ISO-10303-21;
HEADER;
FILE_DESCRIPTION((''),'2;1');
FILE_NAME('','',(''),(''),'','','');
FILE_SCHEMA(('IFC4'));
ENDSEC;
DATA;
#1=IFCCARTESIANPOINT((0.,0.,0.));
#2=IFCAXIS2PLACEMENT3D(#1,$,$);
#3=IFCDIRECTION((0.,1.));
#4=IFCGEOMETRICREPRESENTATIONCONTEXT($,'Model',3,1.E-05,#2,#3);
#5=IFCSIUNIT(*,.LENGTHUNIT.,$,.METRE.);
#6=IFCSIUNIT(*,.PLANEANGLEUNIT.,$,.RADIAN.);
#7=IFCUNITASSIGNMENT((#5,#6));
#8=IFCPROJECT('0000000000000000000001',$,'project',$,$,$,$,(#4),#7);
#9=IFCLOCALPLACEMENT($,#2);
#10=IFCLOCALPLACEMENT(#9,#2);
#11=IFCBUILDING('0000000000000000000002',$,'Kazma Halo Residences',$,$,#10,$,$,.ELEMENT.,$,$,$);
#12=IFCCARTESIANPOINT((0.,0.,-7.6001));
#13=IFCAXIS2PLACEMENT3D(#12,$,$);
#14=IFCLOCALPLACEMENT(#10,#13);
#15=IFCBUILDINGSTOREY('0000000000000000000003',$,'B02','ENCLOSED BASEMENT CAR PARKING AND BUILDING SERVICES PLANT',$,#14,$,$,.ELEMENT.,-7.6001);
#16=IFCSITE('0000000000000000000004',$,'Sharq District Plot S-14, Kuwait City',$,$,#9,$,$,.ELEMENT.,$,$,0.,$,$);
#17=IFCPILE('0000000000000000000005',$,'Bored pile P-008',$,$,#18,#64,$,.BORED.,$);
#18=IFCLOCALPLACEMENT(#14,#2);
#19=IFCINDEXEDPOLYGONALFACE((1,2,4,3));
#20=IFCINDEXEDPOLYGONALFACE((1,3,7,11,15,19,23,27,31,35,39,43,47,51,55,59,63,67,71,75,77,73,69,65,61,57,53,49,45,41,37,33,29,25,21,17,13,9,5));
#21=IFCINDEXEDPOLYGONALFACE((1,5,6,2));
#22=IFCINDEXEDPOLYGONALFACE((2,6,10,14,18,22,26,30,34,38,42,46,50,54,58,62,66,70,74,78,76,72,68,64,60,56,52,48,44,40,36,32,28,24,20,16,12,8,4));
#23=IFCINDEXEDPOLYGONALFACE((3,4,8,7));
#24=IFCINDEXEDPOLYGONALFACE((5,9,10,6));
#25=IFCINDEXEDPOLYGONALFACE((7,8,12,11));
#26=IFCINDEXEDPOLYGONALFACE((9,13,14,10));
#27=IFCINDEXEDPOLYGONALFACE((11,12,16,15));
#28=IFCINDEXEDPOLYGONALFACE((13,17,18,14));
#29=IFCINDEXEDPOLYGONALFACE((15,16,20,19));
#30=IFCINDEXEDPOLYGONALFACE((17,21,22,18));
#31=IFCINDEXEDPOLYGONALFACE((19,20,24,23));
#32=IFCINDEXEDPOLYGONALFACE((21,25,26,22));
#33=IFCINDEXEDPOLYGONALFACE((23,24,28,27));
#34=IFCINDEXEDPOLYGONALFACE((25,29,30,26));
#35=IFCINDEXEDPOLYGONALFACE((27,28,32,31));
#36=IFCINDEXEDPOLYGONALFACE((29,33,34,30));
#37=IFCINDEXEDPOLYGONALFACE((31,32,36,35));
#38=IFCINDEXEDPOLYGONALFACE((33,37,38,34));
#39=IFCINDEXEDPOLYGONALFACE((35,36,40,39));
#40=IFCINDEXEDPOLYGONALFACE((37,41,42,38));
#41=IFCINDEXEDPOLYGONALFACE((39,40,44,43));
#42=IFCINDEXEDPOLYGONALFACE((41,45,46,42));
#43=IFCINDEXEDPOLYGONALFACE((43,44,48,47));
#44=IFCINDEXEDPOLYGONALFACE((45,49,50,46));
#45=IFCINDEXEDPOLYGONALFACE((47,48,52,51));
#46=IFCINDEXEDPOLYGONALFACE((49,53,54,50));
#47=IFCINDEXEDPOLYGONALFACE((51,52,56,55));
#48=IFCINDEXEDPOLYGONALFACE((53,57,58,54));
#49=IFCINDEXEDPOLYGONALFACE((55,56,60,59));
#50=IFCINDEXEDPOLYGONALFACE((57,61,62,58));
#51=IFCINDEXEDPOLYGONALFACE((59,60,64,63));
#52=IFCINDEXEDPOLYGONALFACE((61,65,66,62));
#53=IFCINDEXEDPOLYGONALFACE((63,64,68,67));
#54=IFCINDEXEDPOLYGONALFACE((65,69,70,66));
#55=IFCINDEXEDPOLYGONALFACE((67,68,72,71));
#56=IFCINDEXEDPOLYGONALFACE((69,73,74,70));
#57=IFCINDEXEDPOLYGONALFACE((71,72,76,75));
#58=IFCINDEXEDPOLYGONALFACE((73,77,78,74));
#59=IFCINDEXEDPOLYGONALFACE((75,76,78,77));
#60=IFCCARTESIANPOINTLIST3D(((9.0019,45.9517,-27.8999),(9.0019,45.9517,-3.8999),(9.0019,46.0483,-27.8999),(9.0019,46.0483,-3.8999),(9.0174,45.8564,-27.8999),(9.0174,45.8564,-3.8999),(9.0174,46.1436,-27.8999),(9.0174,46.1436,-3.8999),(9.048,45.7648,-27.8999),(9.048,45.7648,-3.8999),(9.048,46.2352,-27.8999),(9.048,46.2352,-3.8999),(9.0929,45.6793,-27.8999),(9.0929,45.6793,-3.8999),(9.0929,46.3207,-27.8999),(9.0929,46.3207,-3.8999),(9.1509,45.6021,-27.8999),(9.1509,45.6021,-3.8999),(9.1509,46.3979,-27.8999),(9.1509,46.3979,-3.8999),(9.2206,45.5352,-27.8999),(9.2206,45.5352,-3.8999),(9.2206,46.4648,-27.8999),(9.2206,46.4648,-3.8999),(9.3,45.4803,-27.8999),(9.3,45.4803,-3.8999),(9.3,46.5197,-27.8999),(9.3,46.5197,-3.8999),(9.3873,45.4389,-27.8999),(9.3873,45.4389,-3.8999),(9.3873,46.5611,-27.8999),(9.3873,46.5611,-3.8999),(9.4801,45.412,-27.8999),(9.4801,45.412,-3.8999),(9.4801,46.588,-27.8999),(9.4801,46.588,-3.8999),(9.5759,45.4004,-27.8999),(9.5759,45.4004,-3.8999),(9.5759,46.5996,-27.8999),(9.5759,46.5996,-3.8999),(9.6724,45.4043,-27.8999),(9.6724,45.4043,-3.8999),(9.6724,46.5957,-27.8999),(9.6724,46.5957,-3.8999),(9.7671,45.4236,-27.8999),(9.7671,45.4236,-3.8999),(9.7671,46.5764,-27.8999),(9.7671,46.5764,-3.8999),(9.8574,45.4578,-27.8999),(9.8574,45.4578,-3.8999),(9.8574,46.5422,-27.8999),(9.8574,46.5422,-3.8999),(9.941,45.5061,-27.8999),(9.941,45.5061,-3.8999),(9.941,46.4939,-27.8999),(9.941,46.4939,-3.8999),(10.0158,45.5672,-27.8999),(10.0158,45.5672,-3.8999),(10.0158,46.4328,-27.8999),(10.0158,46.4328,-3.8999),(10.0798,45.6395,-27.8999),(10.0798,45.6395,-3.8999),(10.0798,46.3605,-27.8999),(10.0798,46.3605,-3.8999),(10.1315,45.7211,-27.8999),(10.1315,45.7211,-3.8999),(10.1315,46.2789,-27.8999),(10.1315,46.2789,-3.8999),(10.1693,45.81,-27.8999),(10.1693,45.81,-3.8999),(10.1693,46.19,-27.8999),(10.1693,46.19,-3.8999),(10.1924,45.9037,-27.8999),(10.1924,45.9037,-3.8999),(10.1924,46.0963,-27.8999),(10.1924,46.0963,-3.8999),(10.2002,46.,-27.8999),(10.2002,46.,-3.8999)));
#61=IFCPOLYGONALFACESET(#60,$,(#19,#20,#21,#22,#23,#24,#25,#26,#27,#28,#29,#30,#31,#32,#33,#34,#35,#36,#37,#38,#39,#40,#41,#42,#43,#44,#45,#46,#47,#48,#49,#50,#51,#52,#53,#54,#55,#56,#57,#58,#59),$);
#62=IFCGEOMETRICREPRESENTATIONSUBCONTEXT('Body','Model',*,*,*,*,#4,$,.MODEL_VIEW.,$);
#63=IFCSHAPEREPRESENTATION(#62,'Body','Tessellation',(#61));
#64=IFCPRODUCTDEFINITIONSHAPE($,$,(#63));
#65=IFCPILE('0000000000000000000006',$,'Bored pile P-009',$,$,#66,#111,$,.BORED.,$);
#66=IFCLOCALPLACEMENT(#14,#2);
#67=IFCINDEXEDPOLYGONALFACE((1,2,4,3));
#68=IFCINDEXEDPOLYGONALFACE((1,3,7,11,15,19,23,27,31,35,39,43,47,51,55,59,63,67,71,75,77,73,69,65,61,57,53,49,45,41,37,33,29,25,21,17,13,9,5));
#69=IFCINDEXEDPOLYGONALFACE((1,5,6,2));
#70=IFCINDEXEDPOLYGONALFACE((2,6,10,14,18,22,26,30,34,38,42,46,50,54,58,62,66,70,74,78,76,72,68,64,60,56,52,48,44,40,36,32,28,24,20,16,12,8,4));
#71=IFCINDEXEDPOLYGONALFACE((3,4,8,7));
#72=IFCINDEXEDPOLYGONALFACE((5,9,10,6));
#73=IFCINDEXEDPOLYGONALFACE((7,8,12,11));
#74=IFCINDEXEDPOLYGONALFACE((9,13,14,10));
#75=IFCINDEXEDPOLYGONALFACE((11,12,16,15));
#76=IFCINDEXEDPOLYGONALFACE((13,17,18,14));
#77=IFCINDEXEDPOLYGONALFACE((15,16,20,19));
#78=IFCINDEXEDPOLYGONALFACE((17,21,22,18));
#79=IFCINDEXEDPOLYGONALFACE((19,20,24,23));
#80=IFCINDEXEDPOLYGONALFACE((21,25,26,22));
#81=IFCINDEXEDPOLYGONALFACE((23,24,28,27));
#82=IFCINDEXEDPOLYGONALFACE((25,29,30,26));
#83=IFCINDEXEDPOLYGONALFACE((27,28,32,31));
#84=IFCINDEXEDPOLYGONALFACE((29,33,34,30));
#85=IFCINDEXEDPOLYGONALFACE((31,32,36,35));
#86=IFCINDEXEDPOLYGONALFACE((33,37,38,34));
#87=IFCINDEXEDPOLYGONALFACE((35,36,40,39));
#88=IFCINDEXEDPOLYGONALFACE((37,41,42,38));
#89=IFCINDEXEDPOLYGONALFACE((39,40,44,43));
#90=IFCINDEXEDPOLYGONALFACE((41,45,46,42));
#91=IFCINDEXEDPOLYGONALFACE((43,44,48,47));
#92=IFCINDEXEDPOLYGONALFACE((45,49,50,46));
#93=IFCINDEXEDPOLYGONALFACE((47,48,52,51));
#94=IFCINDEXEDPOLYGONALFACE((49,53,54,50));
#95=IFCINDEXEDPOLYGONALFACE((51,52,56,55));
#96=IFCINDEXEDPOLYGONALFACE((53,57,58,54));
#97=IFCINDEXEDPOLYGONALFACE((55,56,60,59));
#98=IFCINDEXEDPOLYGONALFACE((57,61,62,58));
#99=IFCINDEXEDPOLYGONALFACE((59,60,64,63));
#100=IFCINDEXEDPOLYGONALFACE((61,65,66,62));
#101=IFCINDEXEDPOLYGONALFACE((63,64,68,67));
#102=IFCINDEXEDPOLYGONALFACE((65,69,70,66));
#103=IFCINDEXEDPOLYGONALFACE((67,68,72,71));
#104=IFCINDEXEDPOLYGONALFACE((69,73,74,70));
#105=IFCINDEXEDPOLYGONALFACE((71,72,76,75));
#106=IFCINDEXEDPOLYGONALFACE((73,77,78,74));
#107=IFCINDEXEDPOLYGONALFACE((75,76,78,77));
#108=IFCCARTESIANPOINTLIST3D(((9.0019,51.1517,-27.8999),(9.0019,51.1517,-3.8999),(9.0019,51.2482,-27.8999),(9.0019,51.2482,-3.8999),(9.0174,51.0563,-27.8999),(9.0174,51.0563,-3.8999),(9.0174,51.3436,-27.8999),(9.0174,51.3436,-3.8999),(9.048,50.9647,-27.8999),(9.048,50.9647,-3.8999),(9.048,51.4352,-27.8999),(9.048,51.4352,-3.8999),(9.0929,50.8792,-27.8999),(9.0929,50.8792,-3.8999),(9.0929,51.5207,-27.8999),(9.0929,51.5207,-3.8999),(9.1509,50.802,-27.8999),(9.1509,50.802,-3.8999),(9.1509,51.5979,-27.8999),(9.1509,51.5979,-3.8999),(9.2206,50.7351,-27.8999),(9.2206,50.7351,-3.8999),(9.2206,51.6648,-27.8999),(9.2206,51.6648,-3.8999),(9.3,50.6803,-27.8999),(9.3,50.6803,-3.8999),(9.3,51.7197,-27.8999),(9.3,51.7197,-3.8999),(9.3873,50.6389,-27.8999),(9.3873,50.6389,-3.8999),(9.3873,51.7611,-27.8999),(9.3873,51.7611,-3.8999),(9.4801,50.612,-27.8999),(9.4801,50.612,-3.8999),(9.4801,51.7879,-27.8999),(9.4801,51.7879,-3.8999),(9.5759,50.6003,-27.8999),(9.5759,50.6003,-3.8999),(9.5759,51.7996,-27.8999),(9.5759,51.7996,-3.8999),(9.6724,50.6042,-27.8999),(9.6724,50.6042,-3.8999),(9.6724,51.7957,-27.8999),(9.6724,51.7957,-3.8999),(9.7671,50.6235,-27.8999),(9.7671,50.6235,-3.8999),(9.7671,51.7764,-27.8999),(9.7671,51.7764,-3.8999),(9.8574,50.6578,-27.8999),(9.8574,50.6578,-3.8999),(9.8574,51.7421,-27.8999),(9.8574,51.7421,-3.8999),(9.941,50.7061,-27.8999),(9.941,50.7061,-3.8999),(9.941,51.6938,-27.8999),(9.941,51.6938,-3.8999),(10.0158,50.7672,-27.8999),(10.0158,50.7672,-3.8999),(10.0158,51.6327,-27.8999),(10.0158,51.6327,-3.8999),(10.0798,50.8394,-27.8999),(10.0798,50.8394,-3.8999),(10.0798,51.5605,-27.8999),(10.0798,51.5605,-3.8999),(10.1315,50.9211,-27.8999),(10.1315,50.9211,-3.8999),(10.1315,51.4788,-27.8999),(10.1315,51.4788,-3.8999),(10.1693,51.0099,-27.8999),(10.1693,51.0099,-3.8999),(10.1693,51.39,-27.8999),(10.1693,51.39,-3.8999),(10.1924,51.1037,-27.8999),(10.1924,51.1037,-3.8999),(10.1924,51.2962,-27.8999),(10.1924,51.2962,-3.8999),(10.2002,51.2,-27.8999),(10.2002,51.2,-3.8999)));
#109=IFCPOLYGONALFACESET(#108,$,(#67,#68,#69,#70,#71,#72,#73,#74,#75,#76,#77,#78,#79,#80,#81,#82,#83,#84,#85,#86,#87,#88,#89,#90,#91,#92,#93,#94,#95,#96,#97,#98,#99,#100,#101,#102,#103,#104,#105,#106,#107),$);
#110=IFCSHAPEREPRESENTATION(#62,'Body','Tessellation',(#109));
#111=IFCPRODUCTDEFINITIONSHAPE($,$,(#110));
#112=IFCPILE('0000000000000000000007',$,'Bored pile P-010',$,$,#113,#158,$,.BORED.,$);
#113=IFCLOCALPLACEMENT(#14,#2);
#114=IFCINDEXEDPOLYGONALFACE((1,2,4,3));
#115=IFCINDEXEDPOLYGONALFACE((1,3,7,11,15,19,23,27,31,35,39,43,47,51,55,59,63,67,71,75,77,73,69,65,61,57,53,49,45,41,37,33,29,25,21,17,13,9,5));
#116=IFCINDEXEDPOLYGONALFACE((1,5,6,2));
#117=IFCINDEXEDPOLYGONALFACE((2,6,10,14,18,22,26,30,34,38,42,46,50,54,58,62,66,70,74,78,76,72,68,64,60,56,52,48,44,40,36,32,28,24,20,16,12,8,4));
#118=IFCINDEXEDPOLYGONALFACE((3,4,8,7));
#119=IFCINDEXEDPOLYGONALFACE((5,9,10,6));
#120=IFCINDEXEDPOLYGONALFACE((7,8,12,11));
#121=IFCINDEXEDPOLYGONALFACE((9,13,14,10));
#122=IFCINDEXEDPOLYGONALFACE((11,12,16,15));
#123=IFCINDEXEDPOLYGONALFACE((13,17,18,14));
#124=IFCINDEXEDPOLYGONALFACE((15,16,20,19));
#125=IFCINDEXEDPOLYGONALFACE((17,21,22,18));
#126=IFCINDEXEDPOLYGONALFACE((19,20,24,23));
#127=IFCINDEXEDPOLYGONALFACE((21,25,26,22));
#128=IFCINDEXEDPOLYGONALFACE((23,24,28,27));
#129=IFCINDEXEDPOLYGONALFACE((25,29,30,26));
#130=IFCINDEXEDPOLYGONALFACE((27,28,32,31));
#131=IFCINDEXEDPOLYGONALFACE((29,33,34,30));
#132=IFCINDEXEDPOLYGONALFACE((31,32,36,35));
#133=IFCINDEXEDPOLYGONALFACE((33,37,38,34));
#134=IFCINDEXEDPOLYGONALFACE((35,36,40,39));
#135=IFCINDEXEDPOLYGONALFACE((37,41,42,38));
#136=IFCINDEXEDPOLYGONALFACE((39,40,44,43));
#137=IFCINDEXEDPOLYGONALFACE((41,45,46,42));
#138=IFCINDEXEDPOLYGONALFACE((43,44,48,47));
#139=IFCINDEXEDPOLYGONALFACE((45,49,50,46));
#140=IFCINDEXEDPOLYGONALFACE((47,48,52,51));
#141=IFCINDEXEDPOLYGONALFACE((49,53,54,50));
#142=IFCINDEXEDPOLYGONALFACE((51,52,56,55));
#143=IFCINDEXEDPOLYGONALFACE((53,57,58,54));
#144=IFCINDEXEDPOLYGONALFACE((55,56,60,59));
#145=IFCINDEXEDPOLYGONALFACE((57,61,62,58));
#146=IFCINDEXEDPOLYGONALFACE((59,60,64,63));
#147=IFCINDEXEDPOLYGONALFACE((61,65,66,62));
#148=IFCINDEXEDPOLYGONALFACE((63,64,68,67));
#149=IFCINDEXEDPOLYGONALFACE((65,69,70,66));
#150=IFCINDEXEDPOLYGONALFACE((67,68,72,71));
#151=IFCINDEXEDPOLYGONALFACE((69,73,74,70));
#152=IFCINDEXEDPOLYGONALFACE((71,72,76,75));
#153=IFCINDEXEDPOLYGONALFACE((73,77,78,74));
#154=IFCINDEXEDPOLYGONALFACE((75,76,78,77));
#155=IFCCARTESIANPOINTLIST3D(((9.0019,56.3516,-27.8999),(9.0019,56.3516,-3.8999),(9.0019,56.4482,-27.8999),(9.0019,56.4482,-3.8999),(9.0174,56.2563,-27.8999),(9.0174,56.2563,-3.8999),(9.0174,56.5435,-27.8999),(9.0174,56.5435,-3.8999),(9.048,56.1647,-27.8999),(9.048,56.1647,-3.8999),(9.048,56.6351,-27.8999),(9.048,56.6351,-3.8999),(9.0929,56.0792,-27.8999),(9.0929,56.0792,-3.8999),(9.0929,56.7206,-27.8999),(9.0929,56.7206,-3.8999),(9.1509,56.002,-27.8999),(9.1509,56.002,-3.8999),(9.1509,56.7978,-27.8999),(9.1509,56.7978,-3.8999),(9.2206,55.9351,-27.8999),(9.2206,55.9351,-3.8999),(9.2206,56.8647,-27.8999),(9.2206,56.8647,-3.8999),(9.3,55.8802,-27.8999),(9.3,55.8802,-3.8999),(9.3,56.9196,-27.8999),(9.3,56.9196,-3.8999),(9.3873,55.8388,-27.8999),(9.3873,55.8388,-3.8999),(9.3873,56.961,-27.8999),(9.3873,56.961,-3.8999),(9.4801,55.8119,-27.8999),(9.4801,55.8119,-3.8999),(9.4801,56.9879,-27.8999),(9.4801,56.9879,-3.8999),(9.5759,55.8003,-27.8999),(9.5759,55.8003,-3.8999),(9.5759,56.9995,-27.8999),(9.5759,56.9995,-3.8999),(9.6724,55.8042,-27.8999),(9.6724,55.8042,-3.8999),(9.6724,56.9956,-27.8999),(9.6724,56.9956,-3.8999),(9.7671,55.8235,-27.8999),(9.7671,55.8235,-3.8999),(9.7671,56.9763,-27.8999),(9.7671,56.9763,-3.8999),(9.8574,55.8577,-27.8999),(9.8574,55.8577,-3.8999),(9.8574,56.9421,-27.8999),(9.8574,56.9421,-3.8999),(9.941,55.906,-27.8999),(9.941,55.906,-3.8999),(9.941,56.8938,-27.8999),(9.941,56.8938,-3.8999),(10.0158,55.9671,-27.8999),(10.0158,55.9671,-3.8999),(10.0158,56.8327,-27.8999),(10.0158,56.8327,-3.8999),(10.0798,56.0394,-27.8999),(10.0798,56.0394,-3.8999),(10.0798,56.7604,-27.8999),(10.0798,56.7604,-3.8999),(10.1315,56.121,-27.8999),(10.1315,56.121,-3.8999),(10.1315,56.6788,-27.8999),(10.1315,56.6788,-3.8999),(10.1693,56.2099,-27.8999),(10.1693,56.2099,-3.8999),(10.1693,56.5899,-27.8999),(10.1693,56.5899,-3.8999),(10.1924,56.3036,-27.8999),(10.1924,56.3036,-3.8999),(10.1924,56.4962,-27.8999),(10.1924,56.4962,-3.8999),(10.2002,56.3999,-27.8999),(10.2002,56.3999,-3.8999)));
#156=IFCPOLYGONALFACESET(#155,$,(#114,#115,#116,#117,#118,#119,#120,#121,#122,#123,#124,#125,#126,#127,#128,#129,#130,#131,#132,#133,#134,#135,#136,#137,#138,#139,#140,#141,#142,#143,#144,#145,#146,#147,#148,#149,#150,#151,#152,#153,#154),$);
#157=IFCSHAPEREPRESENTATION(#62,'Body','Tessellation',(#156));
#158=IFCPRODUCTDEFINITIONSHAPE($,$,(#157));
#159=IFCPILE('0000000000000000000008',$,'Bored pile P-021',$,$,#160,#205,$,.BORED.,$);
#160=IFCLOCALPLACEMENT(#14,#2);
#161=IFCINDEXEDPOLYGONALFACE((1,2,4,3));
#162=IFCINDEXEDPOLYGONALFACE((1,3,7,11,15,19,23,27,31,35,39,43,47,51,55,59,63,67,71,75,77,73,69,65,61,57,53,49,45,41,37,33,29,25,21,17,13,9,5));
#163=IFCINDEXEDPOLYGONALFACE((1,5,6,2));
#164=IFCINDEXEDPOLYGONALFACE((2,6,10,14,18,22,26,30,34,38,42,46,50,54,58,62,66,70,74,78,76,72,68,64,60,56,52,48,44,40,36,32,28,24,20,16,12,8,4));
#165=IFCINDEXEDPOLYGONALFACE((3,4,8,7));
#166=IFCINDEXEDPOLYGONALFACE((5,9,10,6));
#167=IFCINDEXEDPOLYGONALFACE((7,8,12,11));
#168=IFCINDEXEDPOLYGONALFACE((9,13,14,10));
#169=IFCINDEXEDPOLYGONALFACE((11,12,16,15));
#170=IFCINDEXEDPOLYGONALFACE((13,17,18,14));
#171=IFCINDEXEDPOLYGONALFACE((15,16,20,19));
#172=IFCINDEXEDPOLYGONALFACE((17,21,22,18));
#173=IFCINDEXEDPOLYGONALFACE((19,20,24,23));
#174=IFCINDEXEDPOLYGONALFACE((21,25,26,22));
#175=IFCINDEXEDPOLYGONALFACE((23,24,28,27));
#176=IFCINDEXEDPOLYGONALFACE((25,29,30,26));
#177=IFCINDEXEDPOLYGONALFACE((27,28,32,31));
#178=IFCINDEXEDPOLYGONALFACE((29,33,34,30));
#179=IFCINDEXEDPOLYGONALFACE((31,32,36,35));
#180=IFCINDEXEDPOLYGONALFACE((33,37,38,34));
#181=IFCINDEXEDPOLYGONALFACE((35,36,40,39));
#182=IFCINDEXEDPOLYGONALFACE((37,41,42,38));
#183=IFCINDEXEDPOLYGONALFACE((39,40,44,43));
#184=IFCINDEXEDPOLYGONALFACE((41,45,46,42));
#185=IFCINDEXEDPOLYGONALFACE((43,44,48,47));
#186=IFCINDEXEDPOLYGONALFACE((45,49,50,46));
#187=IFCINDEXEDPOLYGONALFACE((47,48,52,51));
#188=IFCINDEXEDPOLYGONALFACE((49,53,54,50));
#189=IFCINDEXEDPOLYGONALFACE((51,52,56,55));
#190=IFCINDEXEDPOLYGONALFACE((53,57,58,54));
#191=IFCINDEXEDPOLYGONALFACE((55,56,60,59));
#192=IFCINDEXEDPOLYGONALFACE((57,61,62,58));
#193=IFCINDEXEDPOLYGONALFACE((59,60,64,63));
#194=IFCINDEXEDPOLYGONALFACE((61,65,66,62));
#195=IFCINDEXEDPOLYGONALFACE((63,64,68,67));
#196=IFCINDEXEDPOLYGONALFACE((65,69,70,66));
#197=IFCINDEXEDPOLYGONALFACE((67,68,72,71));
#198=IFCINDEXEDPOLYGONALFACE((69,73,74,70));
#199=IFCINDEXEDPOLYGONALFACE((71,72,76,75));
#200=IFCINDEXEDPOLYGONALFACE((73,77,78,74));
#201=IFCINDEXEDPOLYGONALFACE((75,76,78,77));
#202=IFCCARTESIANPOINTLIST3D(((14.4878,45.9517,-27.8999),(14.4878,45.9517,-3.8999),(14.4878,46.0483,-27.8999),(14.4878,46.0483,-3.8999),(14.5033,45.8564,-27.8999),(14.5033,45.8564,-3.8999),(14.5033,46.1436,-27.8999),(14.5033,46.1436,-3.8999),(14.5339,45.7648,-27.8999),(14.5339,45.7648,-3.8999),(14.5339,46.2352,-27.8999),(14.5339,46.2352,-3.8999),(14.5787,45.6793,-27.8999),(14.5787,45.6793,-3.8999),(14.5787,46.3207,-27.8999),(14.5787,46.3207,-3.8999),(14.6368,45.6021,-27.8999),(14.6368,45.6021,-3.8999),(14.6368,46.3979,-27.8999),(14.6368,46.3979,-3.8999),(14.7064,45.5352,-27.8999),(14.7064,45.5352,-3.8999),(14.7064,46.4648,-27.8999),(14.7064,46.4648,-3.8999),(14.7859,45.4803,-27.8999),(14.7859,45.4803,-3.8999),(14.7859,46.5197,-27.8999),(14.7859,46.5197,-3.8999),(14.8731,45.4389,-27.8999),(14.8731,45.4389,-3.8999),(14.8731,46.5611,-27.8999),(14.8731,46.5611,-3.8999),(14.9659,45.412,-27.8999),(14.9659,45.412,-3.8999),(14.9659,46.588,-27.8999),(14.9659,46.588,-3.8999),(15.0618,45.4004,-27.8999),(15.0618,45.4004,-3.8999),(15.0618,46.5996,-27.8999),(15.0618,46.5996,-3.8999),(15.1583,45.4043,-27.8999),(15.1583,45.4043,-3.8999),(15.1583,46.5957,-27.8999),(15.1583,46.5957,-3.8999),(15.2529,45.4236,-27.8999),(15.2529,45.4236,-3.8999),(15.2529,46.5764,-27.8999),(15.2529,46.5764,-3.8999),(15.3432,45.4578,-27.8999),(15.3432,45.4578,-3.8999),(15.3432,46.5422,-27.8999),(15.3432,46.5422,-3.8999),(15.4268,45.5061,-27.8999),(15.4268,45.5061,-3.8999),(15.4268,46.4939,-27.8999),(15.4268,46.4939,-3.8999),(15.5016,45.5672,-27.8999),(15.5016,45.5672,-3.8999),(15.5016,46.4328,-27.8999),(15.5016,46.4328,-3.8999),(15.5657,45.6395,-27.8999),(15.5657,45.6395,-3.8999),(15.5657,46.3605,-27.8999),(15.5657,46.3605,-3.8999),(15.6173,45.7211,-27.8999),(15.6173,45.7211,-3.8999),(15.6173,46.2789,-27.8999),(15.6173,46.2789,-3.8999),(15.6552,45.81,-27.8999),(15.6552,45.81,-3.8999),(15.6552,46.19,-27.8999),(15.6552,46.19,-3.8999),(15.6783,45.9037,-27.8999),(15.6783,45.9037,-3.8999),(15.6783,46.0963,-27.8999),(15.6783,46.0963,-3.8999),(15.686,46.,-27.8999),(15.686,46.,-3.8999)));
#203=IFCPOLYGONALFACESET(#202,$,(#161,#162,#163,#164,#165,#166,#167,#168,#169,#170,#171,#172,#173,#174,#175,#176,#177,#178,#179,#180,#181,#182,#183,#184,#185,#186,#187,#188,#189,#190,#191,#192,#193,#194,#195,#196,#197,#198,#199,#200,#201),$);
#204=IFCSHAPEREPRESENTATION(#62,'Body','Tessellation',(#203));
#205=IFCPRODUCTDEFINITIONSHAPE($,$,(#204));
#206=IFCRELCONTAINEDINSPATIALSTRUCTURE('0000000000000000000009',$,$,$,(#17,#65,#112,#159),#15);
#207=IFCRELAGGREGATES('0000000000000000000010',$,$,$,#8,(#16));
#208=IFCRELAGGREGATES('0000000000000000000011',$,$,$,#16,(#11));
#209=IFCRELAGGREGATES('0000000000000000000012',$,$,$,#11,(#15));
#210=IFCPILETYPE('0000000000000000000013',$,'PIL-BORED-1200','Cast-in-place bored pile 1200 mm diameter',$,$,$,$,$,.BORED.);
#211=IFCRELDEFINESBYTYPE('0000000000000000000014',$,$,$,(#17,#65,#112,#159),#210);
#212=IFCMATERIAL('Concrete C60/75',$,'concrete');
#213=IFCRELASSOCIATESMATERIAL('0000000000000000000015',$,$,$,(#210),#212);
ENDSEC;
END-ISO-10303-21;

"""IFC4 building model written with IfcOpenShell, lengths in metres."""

from ifc_helpers import new_model, si_unit, direction, frame, origin, origin_2d, place, context, subcontext, project, spatial, circle, extrude, material, material_profile, profile_set, type_object, element, save


model = new_model("IFC4")

# Units and contexts
model_context = context("Model", 3, precision=1e-05, world=origin(), true_north=direction((0.0, 1.0)))
body_context = subcontext(model_context, "Body", "Model", "MODEL_VIEW")
ifc_project = project(units=[si_unit("LENGTHUNIT", "METRE"), si_unit("PLANEANGLEUNIT", "RADIAN")], contexts=[model_context])

# Site, building, storey
site_placement = place(None, origin())
site = spatial("IfcSite", under=ifc_project, at=site_placement, Name="Sharq District Plot S-14, Kuwait City", CompositionType="ELEMENT", RefElevation=0.0)
building_placement = place(site_placement, origin())
building = spatial("IfcBuilding", under=site, at=building_placement, Name="Kazma Halo Residences", CompositionType="ELEMENT")
storey_placement = place(building_placement, frame((0.0, 0.0, -7.6001)))
storey = spatial("IfcBuildingStorey", under=building, at=storey_placement, Name="B02", Description="ENCLOSED BASEMENT CAR PARKING AND BUILDING SERVICES PLANT", CompositionType="ELEMENT", Elevation=-7.6001)

# Piles
ifc_material_1 = material(Name="Concrete C60/75", Category="concrete")
ifc_material_profile_1 = material_profile(ifc_material_1, circle(Radius=0.6001, at=origin_2d()), Name="CIRC1200")
ifc_profile_set_1 = profile_set([ifc_material_profile_1], Name="Concrete C60/75")
pile_type = type_object("IfcPileType", Name="PIL-BORED-1200", Description="Cast-in-place bored pile 1200 mm diameter", PredefinedType="BORED", material=ifc_profile_set_1)
for number, where, z_axis, x_axis, name in (
    (1, (9.6001, 46.0, -3.8999), (0.0, 0.0, -1.0), (1.0, 0.0, 0.0), "Bored pile P-008"),
    (2, (9.6001, 51.2, -3.8999), (0.0, 0.0, -1.0), (1.0, 0.0, 0.0), "Bored pile P-009"),
    (3, (9.6001, 56.3999, -3.8999), (0.0, 0.0, -1.0), (1.0, 0.0, 0.0), "Bored pile P-010"),
    (4, (15.0859, 46.0, -3.8999), (0.0, 0.0, -1.0), (1.0, 0.0, 0.0), "Bored pile P-021"),
):
    element("IfcPile", number, at=place(storey_placement, frame(where, z_axis=z_axis, x_axis=x_axis)), inside=storey, type_object=pile_type, Name=name, PredefinedType="BORED", context=body_context, shape_type="SweptSolid", body=[
        extrude(circle(Radius=0.6001, at=origin_2d()), origin(), (0.0, 0.0, 1.0), 24.0),
    ])

save(model, "model.ifc")
